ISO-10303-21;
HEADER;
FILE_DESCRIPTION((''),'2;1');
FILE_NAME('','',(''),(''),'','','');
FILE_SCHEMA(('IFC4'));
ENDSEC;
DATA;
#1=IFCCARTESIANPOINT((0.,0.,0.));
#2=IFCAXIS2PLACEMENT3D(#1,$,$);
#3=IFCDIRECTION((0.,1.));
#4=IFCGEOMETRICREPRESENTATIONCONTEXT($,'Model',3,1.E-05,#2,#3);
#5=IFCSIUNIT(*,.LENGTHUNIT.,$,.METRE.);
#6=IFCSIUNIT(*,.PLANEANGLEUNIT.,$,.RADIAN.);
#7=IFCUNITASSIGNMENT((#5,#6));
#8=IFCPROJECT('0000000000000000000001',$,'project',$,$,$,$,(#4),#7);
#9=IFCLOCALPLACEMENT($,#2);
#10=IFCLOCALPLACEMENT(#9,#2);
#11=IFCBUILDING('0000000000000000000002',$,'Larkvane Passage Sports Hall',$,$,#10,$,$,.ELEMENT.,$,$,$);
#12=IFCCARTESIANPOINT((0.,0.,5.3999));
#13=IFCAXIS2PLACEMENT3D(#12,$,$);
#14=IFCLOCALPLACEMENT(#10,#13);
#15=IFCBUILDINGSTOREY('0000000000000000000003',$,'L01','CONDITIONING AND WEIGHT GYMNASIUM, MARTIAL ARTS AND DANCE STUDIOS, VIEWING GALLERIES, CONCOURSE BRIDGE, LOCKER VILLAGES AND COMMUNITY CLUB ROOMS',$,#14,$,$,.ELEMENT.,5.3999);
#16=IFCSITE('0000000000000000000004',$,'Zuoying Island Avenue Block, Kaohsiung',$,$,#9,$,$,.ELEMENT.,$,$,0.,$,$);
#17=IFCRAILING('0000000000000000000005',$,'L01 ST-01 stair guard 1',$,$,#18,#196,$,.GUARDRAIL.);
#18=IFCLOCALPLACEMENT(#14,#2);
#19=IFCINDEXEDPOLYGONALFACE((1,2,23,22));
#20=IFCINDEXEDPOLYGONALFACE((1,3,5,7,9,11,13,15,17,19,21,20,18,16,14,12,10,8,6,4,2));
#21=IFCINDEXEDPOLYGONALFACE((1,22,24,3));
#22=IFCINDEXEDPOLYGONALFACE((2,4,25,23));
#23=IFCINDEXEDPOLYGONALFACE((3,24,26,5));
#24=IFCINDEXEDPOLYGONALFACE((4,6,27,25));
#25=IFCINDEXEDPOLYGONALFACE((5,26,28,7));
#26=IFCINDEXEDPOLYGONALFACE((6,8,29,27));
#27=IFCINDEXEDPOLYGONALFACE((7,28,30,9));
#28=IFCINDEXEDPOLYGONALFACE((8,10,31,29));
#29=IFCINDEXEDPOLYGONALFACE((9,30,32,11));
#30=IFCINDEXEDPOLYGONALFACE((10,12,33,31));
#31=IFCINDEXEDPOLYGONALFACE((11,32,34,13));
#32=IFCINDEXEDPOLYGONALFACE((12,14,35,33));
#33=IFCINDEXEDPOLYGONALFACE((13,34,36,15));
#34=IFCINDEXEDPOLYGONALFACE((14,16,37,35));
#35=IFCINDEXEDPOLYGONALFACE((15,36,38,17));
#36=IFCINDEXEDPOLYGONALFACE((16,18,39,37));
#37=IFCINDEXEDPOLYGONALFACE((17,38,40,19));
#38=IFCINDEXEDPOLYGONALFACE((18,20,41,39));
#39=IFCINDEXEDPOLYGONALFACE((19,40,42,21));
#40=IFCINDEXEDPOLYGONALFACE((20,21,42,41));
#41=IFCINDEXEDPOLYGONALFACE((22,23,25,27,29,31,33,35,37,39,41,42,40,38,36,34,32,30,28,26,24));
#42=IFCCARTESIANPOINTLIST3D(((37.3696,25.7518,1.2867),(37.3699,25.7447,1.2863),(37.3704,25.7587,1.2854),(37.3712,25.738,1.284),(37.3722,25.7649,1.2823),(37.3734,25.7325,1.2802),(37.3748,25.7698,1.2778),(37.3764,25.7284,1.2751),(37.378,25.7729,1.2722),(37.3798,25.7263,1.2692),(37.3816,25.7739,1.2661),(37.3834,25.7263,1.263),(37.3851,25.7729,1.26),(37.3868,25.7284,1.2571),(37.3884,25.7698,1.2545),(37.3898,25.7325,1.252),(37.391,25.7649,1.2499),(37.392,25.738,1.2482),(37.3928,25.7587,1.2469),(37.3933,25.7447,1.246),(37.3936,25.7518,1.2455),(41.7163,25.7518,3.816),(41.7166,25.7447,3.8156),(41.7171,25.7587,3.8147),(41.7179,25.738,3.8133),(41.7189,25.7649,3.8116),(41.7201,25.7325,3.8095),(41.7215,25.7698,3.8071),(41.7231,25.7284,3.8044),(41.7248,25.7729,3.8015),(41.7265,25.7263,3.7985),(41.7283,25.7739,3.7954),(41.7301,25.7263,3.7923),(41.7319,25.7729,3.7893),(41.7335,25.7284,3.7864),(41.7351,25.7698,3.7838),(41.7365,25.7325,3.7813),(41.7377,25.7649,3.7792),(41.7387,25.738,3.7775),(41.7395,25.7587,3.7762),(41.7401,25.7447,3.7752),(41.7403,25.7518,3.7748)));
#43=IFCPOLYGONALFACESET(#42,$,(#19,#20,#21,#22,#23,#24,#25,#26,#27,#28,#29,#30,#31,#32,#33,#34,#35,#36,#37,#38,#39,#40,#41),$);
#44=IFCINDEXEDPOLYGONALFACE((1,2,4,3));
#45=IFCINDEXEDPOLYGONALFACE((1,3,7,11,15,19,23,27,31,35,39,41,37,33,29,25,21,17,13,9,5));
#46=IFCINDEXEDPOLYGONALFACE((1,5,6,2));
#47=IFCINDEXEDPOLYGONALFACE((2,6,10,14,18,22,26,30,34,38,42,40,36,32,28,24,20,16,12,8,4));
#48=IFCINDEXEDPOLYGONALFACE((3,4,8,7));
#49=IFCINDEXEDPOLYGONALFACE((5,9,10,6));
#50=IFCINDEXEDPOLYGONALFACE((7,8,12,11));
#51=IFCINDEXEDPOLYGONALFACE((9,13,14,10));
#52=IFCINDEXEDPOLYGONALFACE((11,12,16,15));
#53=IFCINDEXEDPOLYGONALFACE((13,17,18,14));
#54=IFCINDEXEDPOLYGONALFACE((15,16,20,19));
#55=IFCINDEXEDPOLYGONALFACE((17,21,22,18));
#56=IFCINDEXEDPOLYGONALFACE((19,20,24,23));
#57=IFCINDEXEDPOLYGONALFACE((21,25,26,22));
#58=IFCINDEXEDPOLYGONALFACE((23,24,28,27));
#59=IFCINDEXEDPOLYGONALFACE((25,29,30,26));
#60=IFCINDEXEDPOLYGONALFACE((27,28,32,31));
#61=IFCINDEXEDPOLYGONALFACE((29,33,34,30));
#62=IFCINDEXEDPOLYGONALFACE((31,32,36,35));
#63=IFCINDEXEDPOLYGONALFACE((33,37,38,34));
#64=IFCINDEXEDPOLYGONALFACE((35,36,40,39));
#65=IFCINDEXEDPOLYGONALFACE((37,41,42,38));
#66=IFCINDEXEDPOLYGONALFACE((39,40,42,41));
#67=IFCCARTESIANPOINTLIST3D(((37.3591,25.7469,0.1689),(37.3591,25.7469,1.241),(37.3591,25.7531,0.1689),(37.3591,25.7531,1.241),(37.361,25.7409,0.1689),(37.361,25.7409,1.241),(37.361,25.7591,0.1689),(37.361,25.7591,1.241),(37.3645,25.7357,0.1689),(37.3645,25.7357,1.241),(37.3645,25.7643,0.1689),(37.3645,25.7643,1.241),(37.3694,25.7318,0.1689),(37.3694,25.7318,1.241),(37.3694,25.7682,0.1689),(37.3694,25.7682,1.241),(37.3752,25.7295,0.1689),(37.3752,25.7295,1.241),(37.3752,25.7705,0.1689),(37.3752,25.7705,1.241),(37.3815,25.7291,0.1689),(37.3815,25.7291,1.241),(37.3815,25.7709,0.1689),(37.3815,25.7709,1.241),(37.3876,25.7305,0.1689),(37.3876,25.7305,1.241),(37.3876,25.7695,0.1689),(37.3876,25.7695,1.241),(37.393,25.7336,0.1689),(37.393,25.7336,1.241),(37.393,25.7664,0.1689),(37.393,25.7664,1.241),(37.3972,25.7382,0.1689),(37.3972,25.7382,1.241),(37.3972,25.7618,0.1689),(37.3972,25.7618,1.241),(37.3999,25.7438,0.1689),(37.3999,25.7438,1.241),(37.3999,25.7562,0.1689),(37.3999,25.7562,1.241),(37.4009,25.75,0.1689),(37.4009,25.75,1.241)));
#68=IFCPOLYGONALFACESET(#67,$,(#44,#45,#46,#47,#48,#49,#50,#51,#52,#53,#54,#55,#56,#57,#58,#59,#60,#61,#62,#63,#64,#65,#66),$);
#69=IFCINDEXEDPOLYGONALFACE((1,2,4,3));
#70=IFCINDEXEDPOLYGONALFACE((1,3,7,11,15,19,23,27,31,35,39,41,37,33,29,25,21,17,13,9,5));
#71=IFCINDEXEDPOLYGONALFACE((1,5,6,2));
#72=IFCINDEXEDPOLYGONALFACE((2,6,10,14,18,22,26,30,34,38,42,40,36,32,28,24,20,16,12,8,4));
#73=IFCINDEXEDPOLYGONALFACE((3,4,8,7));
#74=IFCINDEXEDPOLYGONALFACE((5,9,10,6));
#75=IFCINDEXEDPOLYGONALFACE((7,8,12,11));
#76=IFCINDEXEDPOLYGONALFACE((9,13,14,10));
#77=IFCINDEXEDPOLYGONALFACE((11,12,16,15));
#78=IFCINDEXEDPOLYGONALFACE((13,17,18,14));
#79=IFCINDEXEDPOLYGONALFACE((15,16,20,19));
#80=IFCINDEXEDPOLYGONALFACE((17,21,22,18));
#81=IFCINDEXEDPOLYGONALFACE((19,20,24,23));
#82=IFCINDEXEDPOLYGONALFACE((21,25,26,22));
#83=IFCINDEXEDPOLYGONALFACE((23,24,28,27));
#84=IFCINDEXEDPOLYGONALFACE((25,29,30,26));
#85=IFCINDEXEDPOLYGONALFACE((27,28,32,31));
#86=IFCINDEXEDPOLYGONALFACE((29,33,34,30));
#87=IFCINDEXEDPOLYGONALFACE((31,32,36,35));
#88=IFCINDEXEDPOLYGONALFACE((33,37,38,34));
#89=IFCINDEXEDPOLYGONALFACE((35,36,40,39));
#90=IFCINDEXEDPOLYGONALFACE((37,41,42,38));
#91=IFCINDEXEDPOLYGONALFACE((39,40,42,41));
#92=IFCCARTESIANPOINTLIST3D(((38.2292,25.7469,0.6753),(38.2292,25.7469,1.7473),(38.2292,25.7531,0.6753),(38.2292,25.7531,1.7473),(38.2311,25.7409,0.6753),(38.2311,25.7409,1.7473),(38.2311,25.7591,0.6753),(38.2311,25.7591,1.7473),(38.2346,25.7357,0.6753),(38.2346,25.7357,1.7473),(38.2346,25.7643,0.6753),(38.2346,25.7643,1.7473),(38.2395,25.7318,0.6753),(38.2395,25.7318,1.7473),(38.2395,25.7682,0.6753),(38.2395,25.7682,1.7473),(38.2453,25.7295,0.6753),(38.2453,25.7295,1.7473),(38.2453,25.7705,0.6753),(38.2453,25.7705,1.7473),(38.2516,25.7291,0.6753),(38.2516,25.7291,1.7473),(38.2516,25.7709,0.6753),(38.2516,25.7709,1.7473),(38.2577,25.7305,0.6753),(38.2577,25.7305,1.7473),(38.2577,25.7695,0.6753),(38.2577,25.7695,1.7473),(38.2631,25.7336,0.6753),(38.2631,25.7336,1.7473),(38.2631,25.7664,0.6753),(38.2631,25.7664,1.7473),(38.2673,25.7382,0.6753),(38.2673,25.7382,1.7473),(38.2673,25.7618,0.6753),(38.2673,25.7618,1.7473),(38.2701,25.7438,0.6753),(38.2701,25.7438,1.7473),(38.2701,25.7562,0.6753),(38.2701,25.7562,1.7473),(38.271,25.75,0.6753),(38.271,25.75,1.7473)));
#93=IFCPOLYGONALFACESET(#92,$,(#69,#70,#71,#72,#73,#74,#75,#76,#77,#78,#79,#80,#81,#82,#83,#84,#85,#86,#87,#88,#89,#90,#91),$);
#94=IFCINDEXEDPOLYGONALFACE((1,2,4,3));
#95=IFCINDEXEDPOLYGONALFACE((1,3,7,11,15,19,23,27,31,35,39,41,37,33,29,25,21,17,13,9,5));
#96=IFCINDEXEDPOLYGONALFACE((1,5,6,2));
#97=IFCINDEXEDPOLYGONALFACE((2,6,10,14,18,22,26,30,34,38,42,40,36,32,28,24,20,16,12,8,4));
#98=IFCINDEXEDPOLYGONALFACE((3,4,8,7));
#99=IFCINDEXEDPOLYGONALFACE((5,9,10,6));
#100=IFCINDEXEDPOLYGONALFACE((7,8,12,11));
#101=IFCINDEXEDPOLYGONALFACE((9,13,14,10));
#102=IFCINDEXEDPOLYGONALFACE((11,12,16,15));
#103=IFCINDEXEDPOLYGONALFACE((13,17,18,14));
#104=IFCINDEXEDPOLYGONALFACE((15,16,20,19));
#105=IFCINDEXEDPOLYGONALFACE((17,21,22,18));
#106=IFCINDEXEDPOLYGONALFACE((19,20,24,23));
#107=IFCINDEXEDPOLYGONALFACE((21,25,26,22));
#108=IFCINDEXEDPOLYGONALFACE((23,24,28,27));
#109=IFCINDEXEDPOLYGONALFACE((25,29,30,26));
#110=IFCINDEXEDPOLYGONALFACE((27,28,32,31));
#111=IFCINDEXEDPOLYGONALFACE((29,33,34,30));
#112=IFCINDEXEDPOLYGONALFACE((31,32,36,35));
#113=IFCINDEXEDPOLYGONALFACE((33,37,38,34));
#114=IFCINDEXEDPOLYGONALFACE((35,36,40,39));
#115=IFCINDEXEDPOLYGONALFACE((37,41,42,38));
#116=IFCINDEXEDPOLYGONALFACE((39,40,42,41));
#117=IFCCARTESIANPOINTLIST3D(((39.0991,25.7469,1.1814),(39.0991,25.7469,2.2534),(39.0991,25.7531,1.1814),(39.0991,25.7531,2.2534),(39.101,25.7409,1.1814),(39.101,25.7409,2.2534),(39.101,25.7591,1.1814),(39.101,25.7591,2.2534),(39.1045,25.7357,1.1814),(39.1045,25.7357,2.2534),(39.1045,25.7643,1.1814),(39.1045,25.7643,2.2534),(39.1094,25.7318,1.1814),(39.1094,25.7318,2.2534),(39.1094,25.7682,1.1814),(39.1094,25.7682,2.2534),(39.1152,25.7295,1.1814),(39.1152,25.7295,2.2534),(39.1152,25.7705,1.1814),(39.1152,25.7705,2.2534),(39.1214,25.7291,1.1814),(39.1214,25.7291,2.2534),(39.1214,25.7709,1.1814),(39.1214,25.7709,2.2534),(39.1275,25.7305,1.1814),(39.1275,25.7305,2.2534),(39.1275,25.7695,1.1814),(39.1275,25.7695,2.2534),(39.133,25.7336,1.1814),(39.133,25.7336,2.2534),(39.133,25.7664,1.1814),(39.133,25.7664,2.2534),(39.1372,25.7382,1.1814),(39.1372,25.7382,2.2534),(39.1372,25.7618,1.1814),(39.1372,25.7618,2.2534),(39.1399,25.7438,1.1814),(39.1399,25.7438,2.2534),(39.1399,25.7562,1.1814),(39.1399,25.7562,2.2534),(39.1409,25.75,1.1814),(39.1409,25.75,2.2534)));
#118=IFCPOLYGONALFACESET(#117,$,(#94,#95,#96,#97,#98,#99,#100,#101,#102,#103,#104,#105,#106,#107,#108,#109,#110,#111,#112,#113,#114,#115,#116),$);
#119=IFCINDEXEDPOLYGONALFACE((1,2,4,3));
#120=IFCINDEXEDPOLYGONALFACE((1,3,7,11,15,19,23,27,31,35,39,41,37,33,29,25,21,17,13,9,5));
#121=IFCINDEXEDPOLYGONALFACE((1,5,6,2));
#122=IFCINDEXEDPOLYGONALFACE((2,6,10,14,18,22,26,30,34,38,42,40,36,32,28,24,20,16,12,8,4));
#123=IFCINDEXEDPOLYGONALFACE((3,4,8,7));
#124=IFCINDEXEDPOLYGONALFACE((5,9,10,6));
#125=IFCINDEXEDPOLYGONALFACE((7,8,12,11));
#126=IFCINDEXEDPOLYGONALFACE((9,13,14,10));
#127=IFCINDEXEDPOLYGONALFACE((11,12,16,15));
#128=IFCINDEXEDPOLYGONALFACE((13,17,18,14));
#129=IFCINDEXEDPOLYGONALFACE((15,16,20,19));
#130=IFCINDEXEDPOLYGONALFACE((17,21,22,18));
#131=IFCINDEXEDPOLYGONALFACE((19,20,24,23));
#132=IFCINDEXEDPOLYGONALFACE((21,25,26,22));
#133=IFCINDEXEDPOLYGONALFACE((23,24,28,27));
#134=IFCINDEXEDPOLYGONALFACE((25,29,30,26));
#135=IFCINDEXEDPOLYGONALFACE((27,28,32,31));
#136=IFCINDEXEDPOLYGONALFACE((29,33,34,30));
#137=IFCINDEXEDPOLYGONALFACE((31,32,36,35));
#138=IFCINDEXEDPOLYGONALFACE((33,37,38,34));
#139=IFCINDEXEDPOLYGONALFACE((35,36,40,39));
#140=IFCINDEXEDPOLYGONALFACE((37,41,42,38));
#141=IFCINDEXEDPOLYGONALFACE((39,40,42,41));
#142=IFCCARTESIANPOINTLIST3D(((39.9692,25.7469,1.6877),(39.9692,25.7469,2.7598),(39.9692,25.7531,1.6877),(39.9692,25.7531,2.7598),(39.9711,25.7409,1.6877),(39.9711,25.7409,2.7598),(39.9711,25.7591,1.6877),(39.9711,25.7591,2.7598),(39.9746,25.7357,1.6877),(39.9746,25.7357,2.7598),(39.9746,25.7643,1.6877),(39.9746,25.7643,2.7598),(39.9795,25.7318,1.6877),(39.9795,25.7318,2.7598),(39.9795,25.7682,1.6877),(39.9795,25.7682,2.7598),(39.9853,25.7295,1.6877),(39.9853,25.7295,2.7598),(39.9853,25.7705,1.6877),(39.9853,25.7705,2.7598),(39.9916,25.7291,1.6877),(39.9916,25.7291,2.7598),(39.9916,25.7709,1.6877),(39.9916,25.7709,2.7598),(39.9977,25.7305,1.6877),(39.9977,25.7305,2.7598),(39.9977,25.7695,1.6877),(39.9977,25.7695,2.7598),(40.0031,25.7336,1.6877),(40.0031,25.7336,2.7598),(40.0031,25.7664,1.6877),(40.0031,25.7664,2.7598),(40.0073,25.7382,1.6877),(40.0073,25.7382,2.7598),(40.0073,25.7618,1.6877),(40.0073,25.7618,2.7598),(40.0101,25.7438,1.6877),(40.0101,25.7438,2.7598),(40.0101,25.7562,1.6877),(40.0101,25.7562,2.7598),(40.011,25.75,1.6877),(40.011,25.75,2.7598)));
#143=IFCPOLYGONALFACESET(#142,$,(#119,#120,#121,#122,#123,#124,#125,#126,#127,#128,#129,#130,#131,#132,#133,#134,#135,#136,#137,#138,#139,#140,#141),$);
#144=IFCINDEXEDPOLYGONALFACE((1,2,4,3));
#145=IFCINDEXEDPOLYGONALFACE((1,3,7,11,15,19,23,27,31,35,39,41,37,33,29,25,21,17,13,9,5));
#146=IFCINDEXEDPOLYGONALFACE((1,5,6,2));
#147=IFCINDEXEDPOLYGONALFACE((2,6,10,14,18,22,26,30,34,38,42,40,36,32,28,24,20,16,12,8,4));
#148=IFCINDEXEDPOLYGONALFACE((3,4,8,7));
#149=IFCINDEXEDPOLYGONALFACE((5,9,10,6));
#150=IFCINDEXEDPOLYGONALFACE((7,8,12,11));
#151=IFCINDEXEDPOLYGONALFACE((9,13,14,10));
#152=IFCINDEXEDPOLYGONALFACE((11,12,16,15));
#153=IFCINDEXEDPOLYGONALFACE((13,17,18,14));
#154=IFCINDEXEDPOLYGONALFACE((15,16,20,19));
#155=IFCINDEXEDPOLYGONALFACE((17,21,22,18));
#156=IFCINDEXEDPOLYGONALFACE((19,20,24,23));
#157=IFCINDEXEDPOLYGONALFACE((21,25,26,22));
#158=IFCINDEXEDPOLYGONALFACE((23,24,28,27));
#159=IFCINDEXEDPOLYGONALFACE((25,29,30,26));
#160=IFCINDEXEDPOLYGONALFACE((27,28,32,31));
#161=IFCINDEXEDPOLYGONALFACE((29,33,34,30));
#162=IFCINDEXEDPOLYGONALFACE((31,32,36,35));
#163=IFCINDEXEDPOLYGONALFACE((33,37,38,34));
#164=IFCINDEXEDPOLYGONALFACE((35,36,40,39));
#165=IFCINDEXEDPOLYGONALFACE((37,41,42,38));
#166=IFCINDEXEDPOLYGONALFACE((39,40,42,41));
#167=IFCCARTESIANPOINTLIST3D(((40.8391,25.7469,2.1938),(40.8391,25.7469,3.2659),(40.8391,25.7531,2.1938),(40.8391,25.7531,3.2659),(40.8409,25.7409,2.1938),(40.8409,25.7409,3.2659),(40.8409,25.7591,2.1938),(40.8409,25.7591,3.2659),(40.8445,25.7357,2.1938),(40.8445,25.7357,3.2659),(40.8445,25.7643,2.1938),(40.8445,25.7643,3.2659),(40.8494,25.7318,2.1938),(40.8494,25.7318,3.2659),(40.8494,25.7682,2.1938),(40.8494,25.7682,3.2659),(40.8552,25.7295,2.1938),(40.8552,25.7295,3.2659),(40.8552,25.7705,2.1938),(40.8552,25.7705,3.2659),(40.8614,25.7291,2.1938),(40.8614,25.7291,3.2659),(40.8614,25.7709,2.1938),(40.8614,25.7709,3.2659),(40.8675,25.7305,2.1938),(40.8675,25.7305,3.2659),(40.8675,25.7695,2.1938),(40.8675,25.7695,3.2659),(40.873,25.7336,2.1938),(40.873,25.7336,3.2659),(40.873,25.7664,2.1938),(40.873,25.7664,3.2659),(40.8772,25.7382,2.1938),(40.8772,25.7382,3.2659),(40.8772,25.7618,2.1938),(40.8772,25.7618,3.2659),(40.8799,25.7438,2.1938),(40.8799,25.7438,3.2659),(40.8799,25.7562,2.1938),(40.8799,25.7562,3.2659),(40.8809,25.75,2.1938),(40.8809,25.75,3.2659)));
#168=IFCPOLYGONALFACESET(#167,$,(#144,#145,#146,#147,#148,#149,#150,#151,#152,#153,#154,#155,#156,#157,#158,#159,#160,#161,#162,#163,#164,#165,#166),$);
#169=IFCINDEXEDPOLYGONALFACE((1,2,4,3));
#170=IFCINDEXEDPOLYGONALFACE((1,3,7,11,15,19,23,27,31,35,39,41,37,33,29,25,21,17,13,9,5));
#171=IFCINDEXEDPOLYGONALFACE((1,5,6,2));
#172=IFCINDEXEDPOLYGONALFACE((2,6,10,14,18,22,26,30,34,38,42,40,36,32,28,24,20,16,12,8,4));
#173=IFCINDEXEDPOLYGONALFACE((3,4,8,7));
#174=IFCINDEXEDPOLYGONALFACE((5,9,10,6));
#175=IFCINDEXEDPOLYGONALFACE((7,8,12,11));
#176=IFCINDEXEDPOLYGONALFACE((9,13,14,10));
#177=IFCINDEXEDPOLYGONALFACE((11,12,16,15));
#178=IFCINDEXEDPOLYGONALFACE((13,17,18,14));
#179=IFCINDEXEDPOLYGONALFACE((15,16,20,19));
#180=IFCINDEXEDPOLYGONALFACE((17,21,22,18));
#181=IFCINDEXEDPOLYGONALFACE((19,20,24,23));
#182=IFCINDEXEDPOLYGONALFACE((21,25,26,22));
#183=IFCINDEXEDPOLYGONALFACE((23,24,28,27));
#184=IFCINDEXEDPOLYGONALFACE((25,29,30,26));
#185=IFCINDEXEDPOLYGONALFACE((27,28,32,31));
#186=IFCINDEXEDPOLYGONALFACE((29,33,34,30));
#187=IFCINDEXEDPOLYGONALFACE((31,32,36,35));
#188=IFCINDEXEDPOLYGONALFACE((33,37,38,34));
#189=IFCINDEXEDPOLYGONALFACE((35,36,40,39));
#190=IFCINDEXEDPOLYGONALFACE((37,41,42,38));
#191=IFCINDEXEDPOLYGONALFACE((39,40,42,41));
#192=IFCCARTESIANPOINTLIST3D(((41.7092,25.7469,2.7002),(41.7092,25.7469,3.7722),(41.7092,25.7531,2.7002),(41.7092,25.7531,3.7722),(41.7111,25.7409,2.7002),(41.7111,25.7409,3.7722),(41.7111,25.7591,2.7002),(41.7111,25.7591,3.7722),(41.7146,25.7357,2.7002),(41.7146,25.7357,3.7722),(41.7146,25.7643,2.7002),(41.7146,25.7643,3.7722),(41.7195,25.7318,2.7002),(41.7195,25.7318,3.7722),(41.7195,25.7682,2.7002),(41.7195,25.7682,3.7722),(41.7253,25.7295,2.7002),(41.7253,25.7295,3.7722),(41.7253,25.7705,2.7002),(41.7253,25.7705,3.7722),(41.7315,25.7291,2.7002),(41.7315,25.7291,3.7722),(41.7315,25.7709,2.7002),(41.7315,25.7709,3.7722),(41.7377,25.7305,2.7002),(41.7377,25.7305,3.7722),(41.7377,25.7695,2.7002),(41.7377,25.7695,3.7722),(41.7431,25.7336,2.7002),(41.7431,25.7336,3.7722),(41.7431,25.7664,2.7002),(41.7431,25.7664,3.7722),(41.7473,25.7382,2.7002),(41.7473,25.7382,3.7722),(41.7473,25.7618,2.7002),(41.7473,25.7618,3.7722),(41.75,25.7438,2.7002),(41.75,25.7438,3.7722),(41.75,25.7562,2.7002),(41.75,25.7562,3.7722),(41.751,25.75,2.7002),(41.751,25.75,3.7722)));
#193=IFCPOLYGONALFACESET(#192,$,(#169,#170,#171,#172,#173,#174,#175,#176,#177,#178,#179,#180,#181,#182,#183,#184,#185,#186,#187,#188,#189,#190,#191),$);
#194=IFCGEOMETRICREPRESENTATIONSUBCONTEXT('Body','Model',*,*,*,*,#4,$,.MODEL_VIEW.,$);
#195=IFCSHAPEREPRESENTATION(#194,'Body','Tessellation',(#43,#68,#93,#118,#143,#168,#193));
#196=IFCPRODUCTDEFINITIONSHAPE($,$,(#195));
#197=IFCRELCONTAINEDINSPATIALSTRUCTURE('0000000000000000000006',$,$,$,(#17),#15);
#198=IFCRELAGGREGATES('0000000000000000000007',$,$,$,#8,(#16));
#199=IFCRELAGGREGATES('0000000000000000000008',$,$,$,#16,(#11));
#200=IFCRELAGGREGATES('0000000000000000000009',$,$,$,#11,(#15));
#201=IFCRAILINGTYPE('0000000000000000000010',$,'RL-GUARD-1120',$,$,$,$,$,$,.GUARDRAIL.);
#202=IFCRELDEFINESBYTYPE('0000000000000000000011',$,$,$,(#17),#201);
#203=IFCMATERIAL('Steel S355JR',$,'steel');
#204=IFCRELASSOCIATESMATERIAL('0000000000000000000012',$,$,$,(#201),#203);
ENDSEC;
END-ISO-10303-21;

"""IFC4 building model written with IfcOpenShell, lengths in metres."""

from ifc_helpers import new_model, si_unit, direction, frame, origin, origin_2d, place, context, subcontext, project, spatial, circle, extrude, material, type_object, element, save


model = new_model("IFC4")

# Units and contexts
model_context = context("Model", 3, precision=1e-05, world=origin(), true_north=direction((0.0, 1.0)))
body_context = subcontext(model_context, "Body", "Model", "MODEL_VIEW")
ifc_project = project(units=[si_unit("LENGTHUNIT", "METRE"), si_unit("PLANEANGLEUNIT", "RADIAN")], contexts=[model_context])

# Site, building, storey
site_placement = place(None, origin())
site = spatial("IfcSite", under=ifc_project, at=site_placement, Name="Zuoying Island Avenue Block, Kaohsiung", CompositionType="ELEMENT", RefElevation=0.0)
building_placement = place(site_placement, origin())
building = spatial("IfcBuilding", under=site, at=building_placement, Name="Larkvane Passage Sports Hall", CompositionType="ELEMENT")
storey_placement = place(building_placement, frame((0.0, 0.0, 5.3999)))
storey = spatial("IfcBuildingStorey", under=building, at=storey_placement, Name="L01", Description="CONDITIONING AND WEIGHT GYMNASIUM, MARTIAL ARTS AND DANCE STUDIOS, VIEWING GALLERIES, CONCOURSE BRIDGE, LOCKER VILLAGES AND COMMUNITY CLUB ROOMS", CompositionType="ELEMENT", Elevation=5.3999)

# Shared definitions
ifc_material_1 = material(Name="Steel S355JR", Category="steel")

# Railing
railing_type_1 = type_object("IfcRailingType", Name="RL-GUARD-1120", PredefinedType="GUARDRAIL", material=ifc_material_1)
railing_1_placement = place(storey_placement, frame((37.3799, 25.75, 0.1689)))
element("IfcRailing", 1, at=railing_1_placement, inside=storey, type_object=railing_type_1, Name="L01 ST-01 stair guard 1", PredefinedType="GUARDRAIL", context=body_context, shape_type="SweptSolid", body=[
    extrude(circle(Radius=0.0239, at=origin_2d()), frame((0.0017, 0.0, 1.0972), z_axis=(0.864324, 0.0, 0.502936), x_axis=(0.0, 1.0, 0.0)), (0.0, 0.0, 1.0), 5.0291),
    extrude(circle(Radius=0.021, at=origin_2d()), origin(), (0.0, 0.0, 1.0), 1.072),
    extrude(circle(Radius=0.021, at=origin_2d()), frame((0.8701, 0.0, 0.5063)), (0.0, 0.0, 1.0), 1.072),
    extrude(circle(Radius=0.021, at=origin_2d()), frame((1.74, 0.0, 1.0125)), (0.0, 0.0, 1.0), 1.072),
    extrude(circle(Radius=0.021, at=origin_2d()), frame((2.6101, 0.0, 1.5188)), (0.0, 0.0, 1.0), 1.072),
    extrude(circle(Radius=0.021, at=origin_2d()), frame((3.48, 0.0, 2.0249)), (0.0, 0.0, 1.0), 1.072),
    extrude(circle(Radius=0.021, at=origin_2d()), frame((4.3501, 0.0, 2.5312)), (0.0, 0.0, 1.0), 1.072),
])

save(model, "model.ifc")
